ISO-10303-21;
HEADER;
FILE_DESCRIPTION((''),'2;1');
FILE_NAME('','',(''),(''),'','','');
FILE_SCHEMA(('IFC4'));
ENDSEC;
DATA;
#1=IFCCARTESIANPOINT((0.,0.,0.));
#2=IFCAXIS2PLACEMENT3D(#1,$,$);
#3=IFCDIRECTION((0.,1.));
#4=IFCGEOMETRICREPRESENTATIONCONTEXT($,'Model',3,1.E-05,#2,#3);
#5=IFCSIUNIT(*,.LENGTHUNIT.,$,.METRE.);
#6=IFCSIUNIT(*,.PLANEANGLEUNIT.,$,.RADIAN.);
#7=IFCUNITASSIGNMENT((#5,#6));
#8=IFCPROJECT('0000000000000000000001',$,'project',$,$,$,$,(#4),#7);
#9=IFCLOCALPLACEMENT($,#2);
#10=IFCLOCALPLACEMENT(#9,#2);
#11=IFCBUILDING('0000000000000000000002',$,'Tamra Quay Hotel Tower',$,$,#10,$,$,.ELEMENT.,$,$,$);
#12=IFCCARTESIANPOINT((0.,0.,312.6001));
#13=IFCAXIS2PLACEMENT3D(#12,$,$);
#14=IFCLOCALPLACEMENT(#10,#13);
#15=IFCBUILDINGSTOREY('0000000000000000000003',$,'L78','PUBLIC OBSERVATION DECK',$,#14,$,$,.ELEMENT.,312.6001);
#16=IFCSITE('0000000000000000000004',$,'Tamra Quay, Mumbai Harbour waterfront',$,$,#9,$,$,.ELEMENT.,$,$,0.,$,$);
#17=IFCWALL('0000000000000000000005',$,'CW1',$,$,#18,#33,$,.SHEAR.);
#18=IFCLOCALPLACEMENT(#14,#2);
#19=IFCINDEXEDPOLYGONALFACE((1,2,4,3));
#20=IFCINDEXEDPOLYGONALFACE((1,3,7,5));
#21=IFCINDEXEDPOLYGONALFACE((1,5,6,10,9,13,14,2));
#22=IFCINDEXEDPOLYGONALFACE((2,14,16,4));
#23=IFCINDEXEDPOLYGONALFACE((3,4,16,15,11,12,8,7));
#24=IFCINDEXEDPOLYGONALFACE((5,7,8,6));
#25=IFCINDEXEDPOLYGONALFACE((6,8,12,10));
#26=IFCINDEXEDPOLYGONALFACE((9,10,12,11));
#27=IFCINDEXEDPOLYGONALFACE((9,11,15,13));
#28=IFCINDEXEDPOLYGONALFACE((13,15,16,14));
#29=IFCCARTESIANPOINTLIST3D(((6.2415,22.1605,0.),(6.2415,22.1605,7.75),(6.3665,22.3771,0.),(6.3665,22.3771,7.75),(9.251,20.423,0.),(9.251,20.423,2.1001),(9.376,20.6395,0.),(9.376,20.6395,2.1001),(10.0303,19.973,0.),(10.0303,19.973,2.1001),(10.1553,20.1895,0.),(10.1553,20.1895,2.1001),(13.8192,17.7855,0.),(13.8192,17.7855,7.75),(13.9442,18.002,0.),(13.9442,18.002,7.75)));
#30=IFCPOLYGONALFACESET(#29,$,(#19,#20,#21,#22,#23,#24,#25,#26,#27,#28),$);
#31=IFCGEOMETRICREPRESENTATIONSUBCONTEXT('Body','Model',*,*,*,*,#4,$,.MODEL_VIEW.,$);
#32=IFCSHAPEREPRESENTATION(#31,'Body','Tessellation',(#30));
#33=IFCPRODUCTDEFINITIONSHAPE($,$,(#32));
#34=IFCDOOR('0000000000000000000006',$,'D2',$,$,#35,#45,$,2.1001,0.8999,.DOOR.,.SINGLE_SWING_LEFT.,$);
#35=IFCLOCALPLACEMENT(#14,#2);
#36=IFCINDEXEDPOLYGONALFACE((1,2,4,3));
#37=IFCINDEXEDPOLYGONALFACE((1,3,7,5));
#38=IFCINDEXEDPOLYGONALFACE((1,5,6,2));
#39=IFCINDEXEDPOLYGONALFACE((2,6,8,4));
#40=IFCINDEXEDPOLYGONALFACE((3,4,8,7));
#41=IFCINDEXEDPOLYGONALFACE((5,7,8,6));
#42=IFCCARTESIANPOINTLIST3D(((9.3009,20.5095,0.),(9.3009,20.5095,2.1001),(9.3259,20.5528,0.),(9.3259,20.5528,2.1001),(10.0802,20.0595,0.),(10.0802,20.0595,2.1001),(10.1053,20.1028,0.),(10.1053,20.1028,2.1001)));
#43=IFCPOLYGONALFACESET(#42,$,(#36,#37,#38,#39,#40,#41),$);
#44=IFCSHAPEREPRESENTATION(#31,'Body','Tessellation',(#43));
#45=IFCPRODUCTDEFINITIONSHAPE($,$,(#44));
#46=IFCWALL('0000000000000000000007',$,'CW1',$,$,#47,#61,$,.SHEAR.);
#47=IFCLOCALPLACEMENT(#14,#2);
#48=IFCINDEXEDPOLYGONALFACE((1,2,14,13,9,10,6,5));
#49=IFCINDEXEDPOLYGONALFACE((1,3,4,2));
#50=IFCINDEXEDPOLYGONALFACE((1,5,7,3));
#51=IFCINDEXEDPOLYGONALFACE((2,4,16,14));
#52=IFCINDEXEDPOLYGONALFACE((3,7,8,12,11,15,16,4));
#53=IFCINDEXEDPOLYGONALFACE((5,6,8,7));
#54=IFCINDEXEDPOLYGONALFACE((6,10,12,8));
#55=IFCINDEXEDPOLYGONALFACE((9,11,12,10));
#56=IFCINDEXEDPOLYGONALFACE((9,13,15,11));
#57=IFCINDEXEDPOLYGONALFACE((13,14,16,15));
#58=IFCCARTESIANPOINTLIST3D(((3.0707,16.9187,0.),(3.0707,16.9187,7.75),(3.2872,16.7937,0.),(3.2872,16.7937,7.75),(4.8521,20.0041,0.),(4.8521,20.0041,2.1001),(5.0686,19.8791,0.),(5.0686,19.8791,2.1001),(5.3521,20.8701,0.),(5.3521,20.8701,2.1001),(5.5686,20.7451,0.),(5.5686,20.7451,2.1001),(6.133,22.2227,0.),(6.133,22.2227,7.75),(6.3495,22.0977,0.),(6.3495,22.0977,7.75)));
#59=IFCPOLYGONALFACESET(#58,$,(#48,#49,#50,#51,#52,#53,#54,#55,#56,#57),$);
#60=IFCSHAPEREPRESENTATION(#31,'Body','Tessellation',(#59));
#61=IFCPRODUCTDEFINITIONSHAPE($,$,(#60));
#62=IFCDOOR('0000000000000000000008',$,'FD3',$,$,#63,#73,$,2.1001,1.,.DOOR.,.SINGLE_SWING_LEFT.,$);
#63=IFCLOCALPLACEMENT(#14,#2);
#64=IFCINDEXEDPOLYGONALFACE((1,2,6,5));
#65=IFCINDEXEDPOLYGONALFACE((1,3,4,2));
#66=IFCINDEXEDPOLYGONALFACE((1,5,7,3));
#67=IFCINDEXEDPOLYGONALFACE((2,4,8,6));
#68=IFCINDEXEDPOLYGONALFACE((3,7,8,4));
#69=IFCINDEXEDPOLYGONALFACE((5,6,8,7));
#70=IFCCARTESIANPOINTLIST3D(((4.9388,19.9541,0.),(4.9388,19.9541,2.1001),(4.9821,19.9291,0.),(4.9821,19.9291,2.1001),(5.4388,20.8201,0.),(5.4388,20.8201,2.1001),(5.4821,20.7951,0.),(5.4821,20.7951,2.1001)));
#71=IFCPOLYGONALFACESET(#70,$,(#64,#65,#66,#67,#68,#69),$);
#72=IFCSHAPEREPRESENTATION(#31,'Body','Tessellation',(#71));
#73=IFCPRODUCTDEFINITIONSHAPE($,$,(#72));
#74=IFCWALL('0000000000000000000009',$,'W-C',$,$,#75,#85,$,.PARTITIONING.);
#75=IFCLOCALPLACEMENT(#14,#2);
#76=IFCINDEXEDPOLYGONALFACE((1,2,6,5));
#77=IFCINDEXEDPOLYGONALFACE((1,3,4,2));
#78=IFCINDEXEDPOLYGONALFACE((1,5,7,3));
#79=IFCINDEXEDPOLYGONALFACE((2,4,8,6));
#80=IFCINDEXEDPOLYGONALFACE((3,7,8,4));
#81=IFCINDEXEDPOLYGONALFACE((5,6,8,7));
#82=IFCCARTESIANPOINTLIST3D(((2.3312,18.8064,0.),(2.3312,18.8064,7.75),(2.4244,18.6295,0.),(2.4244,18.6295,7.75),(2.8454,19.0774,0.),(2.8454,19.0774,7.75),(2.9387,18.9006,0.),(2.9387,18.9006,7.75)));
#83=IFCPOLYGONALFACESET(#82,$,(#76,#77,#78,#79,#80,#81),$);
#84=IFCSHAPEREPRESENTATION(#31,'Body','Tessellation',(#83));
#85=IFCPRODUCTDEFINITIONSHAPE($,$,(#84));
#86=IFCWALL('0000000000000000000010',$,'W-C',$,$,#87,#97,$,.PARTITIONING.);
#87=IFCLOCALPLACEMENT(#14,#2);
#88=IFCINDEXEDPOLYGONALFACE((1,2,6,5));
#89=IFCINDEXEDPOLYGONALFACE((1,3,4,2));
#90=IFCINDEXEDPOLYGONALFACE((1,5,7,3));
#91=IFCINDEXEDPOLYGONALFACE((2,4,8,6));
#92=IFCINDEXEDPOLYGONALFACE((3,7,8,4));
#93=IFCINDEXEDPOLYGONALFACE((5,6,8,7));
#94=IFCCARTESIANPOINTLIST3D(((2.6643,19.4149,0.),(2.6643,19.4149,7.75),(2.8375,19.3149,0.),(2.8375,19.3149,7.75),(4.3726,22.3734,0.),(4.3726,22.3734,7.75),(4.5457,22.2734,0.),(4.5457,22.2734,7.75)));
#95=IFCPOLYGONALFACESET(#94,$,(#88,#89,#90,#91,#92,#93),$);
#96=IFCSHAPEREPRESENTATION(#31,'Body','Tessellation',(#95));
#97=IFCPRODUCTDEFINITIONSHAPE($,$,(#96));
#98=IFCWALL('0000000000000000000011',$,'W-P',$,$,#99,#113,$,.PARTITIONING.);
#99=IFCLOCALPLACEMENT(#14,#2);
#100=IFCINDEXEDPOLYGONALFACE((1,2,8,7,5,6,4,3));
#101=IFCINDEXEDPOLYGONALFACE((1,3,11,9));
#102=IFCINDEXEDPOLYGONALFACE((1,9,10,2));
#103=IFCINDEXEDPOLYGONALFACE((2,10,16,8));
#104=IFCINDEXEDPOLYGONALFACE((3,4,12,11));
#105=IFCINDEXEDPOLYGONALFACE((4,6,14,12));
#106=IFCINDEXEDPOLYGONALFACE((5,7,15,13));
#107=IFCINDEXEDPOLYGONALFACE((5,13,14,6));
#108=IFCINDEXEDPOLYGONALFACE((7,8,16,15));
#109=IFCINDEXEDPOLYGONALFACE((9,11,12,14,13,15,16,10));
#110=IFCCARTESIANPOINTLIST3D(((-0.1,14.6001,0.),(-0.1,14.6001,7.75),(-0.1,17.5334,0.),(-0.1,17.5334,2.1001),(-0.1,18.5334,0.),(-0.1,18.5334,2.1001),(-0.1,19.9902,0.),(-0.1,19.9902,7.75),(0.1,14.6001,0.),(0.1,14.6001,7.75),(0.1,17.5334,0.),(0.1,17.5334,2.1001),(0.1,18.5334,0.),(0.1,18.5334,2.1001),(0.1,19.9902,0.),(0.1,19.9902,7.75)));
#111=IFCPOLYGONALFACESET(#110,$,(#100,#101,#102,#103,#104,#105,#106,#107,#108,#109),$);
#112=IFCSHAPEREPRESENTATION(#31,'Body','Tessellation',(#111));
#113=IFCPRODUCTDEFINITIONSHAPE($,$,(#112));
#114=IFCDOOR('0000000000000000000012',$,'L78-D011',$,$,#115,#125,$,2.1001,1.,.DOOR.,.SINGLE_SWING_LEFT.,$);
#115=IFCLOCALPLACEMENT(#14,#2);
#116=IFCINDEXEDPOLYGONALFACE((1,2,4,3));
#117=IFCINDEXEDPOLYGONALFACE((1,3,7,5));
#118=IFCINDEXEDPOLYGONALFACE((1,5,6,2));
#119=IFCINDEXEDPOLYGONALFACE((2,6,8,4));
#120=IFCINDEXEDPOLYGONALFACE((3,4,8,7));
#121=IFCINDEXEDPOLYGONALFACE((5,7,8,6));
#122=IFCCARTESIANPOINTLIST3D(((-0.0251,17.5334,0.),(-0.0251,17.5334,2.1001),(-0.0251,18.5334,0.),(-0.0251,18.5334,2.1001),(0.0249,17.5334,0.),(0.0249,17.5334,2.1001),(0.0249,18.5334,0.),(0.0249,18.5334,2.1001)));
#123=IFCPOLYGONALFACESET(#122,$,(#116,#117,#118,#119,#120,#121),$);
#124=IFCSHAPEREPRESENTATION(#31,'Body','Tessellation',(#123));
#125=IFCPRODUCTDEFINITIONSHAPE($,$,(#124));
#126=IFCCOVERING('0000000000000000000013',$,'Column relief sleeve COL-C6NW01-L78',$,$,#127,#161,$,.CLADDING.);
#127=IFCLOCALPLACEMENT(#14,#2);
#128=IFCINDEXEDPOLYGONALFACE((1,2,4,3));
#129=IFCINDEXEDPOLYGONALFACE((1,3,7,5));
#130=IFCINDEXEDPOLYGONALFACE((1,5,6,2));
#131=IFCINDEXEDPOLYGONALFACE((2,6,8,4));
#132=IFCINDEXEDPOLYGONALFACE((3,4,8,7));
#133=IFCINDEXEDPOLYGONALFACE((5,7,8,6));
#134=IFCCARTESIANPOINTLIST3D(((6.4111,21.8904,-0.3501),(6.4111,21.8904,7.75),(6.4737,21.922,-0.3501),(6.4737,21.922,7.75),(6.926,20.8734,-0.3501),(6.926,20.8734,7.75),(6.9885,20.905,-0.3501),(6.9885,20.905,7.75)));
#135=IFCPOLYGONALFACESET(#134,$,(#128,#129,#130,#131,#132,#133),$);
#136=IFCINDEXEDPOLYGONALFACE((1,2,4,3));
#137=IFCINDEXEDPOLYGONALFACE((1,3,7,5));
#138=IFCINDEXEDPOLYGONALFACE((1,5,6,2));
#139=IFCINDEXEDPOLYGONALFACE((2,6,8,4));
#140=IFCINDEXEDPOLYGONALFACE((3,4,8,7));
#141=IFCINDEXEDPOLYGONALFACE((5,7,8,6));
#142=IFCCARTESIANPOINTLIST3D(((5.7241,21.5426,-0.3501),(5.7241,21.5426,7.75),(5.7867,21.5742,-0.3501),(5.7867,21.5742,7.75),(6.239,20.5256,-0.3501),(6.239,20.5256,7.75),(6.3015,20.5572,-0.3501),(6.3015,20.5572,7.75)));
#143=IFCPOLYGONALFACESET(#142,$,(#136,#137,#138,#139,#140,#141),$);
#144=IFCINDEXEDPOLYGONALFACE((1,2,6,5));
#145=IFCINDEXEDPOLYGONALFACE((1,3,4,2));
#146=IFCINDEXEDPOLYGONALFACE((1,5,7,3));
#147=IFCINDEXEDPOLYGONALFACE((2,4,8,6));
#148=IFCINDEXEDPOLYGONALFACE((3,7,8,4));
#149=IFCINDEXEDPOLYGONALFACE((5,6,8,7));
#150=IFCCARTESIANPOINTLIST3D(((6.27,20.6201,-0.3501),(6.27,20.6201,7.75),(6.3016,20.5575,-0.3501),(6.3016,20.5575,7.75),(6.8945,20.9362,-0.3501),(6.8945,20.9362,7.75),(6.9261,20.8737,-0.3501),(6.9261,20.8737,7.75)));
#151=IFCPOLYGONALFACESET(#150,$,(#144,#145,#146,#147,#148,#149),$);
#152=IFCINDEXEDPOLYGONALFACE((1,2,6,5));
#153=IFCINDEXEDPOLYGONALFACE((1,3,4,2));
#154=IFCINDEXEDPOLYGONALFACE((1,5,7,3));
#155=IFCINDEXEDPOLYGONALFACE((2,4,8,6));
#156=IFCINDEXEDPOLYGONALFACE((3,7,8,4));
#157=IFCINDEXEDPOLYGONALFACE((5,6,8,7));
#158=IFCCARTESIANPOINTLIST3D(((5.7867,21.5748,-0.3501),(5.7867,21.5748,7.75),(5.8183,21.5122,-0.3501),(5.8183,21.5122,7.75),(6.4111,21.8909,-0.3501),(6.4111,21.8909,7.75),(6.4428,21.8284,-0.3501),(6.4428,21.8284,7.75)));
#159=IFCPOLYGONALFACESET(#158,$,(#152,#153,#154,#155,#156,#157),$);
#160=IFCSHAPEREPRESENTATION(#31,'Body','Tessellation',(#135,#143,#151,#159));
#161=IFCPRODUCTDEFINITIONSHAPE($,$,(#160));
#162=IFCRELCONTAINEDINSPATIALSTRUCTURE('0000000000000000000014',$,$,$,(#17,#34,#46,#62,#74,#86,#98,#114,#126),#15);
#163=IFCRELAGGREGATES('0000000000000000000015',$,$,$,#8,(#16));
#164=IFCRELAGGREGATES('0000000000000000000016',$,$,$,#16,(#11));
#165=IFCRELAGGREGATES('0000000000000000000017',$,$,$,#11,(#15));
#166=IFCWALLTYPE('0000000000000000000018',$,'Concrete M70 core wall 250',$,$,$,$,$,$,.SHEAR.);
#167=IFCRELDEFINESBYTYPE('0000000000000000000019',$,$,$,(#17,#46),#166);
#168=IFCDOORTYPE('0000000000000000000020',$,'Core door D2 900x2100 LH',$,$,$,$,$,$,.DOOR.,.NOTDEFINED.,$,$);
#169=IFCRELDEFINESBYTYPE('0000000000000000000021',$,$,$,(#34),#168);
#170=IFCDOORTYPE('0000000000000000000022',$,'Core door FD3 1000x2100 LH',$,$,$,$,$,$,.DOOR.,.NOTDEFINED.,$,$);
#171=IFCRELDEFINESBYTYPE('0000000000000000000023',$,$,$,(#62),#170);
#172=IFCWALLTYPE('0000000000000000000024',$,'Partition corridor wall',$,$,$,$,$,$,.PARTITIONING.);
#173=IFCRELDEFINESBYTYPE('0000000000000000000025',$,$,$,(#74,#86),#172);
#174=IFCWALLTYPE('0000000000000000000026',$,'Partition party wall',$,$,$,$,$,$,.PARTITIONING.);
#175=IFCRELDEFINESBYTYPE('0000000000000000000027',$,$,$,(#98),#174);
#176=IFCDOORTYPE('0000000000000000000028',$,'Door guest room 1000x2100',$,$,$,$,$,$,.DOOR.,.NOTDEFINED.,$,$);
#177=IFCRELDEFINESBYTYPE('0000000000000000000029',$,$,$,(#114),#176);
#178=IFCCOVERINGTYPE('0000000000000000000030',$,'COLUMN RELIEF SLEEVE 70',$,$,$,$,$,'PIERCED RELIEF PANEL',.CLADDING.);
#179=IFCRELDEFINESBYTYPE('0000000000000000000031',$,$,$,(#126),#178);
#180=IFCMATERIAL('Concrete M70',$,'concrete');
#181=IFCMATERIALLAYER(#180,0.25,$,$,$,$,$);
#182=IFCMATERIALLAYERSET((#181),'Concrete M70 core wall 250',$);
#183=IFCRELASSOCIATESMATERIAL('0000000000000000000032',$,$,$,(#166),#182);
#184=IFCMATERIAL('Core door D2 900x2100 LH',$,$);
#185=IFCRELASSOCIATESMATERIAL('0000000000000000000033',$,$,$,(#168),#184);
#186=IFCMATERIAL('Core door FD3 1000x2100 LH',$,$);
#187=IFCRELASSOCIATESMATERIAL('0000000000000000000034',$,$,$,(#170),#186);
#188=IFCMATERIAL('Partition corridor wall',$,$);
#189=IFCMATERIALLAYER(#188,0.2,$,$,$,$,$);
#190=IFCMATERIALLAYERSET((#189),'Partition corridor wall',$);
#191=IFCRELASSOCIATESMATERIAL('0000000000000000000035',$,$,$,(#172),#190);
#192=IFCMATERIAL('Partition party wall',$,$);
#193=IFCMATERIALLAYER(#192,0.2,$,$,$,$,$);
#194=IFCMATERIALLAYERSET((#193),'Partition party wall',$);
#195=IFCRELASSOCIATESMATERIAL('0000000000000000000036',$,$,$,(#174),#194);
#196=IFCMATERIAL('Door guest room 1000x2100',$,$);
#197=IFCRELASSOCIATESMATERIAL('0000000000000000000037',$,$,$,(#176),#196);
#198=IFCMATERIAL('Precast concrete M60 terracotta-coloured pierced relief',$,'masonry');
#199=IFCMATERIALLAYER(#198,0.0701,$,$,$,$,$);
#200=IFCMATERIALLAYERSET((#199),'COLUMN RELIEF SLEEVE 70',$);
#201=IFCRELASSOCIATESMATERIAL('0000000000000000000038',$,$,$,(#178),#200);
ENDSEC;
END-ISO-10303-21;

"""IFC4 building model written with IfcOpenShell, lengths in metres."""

from ifc_helpers import new_model, si_unit, direction, frame, frame_2d, origin, place, context, subcontext, project, spatial, rectangle, extrude, source, transform, mapped, material, layer, layer_set, type_object, element, fill, save


model = new_model("IFC4")

# Units and contexts
model_context = context("Model", 3, precision=1e-05, world=origin(), true_north=direction((0.0, 1.0)))
body_context = subcontext(model_context, "Body", "Model", "MODEL_VIEW")
ifc_project = project(units=[si_unit("LENGTHUNIT", "METRE"), si_unit("PLANEANGLEUNIT", "RADIAN")], contexts=[model_context])

# Site, building, storey
site_placement = place(None, origin())
site = spatial("IfcSite", under=ifc_project, at=site_placement, Name="Tamra Quay, Mumbai Harbour waterfront", CompositionType="ELEMENT", RefElevation=0.0)
building_placement = place(site_placement, origin())
building = spatial("IfcBuilding", under=site, at=building_placement, Name="Tamra Quay Hotel Tower", CompositionType="ELEMENT")
storey_placement = place(building_placement, frame((0.0, 0.0, 312.6001)))
storey = spatial("IfcBuildingStorey", under=building, at=storey_placement, Name="L78", Description="PUBLIC OBSERVATION DECK", CompositionType="ELEMENT", Elevation=312.6001)

# Shared definitions
ifc_material_1 = material(Name="Concrete M70", Category="concrete")

# Walls, openings, doors
ifc_layer_1 = layer(ifc_material_1, 0.25)
ifc_layer_set_1 = layer_set([ifc_layer_1], Name="Concrete M70 core wall 250")
wall_type_1 = type_object("IfcWallType", Name="Concrete M70 core wall 250", PredefinedType="SHEAR", material=ifc_layer_set_1)
wall_1_placement = place(storey_placement, frame((6.304, 22.2688, 0.0), z_axis=(0.0, 0.0, 1.0), x_axis=(0.866023, -0.500004, 0.0)))
wall_1 = element("IfcWall", 1, at=wall_1_placement, inside=storey, type_object=wall_type_1, Name="CW1", PredefinedType="SHEAR", context=body_context, shape_type="SweptSolid", body=[
    extrude(rectangle(XDim=8.75, YDim=0.25, at=frame_2d((4.375, 0.0))), origin(), (0.0, 0.0, 1.0), 7.75),
])
opening_1_placement = place(wall_1_placement, frame((3.4751, 0.0, 0.0)))
opening_1 = element("IfcOpeningElement", 2, at=opening_1_placement, cuts=wall_1, PredefinedType="OPENING", context=body_context, shape_type="SweptSolid", body=[
    extrude(rectangle(XDim=0.8999, YDim=2.1001, at=frame_2d((0.45, 1.05))), frame((0.0, 0.135, 0.0), z_axis=(0.0, -1.0, 0.0), x_axis=(1.0, 0.0, 0.0)), (0.0, 0.0, 1.0), 0.27),
])
ifc_material_2 = material(Name="Core door D2 900x2100 LH")
door_type_1 = type_object("IfcDoorType", Name="Core door D2 900x2100 LH", OperationType="NOTDEFINED", PredefinedType="DOOR", material=ifc_material_2)
door_1_placement = place(opening_1_placement, origin())
door_1 = element("IfcDoor", 3, at=door_1_placement, inside=storey, type_object=door_type_1, Name="D2", OperationType="SINGLE_SWING_LEFT", OverallHeight=2.1001, OverallWidth=0.8999, PredefinedType="DOOR", context=body_context, shape_type="SweptSolid", body=[
    extrude(rectangle(XDim=0.8999, YDim=2.1001, at=frame_2d((0.45, 1.05))), frame((0.0, 0.0249, 0.0), z_axis=(0.0, -1.0, 0.0), x_axis=(1.0, 0.0, 0.0)), (0.0, 0.0, 1.0), 0.05),
])
fill(opening_1, door_1)
wall_2_placement = place(storey_placement, frame((3.179, 16.8562, 0.0), z_axis=(0.0, 0.0, 1.0), x_axis=(0.500002, 0.866024, 0.0)))
wall_2 = element("IfcWall", 4, at=wall_2_placement, inside=storey, type_object=wall_type_1, Name="CW1", PredefinedType="SHEAR", context=body_context, shape_type="SweptSolid", body=[
    extrude(rectangle(XDim=6.1245, YDim=0.25, at=frame_2d((3.0623, 0.0))), origin(), (0.0, 0.0, 1.0), 7.75),
])
opening_2_placement = place(wall_2_placement, frame((3.5627, 0.0, 0.0)))
opening_2 = element("IfcOpeningElement", 5, at=opening_2_placement, cuts=wall_2, PredefinedType="OPENING", context=body_context, shape_type="SweptSolid", body=[
    extrude(rectangle(XDim=1.0, YDim=2.1001, at=frame_2d((0.5, 1.05))), frame((0.0, 0.135, 0.0), z_axis=(0.0, -1.0, 0.0), x_axis=(1.0, 0.0, 0.0)), (0.0, 0.0, 1.0), 0.27),
])
ifc_material_3 = material(Name="Core door FD3 1000x2100 LH")
door_type_2 = type_object("IfcDoorType", Name="Core door FD3 1000x2100 LH", OperationType="NOTDEFINED", PredefinedType="DOOR", material=ifc_material_3)
door_2_placement = place(opening_2_placement, origin())
door_2 = element("IfcDoor", 6, at=door_2_placement, inside=storey, type_object=door_type_2, Name="FD3", OperationType="SINGLE_SWING_LEFT", OverallHeight=2.1001, OverallWidth=1.0, PredefinedType="DOOR", context=body_context, shape_type="SweptSolid", body=[
    extrude(rectangle(XDim=1.0, YDim=2.1001, at=frame_2d((0.5, 1.05))), frame((0.0, 0.0249, 0.0), z_axis=(0.0, -1.0, 0.0), x_axis=(1.0, 0.0, 0.0)), (0.0, 0.0, 1.0), 0.05),
])
fill(opening_2, door_2)

# Walls
ifc_material_4 = material(Name="Partition corridor wall")
ifc_layer_2 = layer(ifc_material_4, 0.2)
ifc_layer_set_2 = layer_set([ifc_layer_2], Name="Partition corridor wall")
wall_type_2 = type_object("IfcWallType", Name="Partition corridor wall", PredefinedType="PARTITIONING", material=ifc_layer_set_2)
wall_3_placement = place(storey_placement, frame((2.3779, 18.718, 0.0), z_axis=(0.0, 0.0, 1.0), x_axis=(0.884645, 0.466266, 0.0)))
element("IfcWall", 7, at=wall_3_placement, inside=storey, type_object=wall_type_2, Name="W-C", PredefinedType="PARTITIONING", context=body_context, shape_type="SweptSolid", body=[
    extrude(rectangle(XDim=0.5813, YDim=0.2, at=frame_2d((0.2905, 0.0))), origin(), (0.0, 0.0, 1.0), 7.75),
])
wall_4_placement = place(storey_placement, frame((2.751, 19.365, 0.0), z_axis=(0.0, 0.0, 1.0), x_axis=(0.500036, 0.866005, 0.0)))
element("IfcWall", 8, at=wall_4_placement, inside=storey, type_object=wall_type_2, Name="W-C", PredefinedType="PARTITIONING", context=body_context, shape_type="SweptSolid", body=[
    extrude(rectangle(XDim=3.4163, YDim=0.2, at=frame_2d((1.708, 0.0))), origin(), (0.0, 0.0, 1.0), 7.75),
])

# Wall, opening, door
ifc_material_5 = material(Name="Partition party wall")
ifc_layer_3 = layer(ifc_material_5, 0.2)
ifc_layer_set_3 = layer_set([ifc_layer_3], Name="Partition party wall")
wall_type_3 = type_object("IfcWallType", Name="Partition party wall", PredefinedType="PARTITIONING", material=ifc_layer_set_3)
wall_5_placement = place(storey_placement, frame((0.0, 14.6001, 0.0), z_axis=(0.0, 0.0, 1.0), x_axis=(0.0, 1.0, 0.0)))
wall_5 = element("IfcWall", 9, at=wall_5_placement, inside=storey, type_object=wall_type_3, Name="W-P", PredefinedType="PARTITIONING", context=body_context, shape_type="SweptSolid", body=[
    extrude(rectangle(XDim=5.3901, YDim=0.2, at=frame_2d((2.6951, 0.0))), origin(), (0.0, 0.0, 1.0), 7.75),
])
opening_3_placement = place(wall_5_placement, frame((2.9333, 0.0, 0.0)))
opening_3 = element("IfcOpeningElement", 10, at=opening_3_placement, cuts=wall_5, PredefinedType="OPENING", context=body_context, shape_type="SweptSolid", body=[
    extrude(rectangle(XDim=1.0, YDim=2.1001, at=frame_2d((0.5, 1.05))), frame((0.0, 0.1099, 0.0), z_axis=(0.0, -1.0, 0.0), x_axis=(1.0, 0.0, 0.0)), (0.0, 0.0, 1.0), 0.22),
])
ifc_material_6 = material(Name="Door guest room 1000x2100")
door_type_3 = type_object("IfcDoorType", Name="Door guest room 1000x2100", OperationType="NOTDEFINED", PredefinedType="DOOR", material=ifc_material_6)
door_3_placement = place(opening_3_placement, frame((1.0, 0.0, 0.0), z_axis=(0.0, 0.0, 1.0), x_axis=(-1.0, 0.0, 0.0)))
door_3 = element("IfcDoor", 11, at=door_3_placement, inside=storey, type_object=door_type_3, Name="L78-D011", OperationType="SINGLE_SWING_LEFT", OverallHeight=2.1001, OverallWidth=1.0, PredefinedType="DOOR", context=body_context, shape_type="SweptSolid", body=[
    extrude(rectangle(XDim=1.0, YDim=2.1001, at=frame_2d((0.5, 1.05))), frame((0.0, 0.0249, 0.0), z_axis=(0.0, -1.0, 0.0), x_axis=(1.0, 0.0, 0.0)), (0.0, 0.0, 1.0), 0.05),
])
fill(opening_3, door_3)

# Covering
ifc_material_7 = material(Name="Precast concrete M60 terracotta-coloured pierced relief", Category="masonry")
ifc_layer_4 = layer(ifc_material_7, 0.0701)
ifc_layer_set_4 = layer_set([ifc_layer_4], Name="COLUMN RELIEF SLEEVE 70")
covering_type_1 = type_object("IfcCoveringType", Name="COLUMN RELIEF SLEEVE 70", ElementType="PIERCED RELIEF PANEL", PredefinedType="CLADDING", material=ifc_layer_set_4)
shared_shape_1 = source(origin(), body_context, "Body", "SweptSolid", [
    extrude(rectangle(XDim=1.1399, YDim=0.0701, at=frame_2d((0.5698, 0.0352))), frame((-0.5701, -0.4199, 0.0)), (0.0, 0.0, 1.0), 8.1001),
    extrude(rectangle(XDim=1.1399, YDim=0.0701, at=frame_2d((0.5698, 0.0352))), frame((-0.5701, 0.3501, 0.0)), (0.0, 0.0, 1.0), 8.1001),
    extrude(rectangle(XDim=0.0701, YDim=0.7, at=frame_2d((0.0352, 0.3501))), frame((-0.5701, -0.3501, 0.0)), (0.0, 0.0, 1.0), 8.1001),
    extrude(rectangle(XDim=0.0701, YDim=0.7, at=frame_2d((0.0352, 0.3501))), frame((0.5, -0.3501, 0.0)), (0.0, 0.0, 1.0), 8.1001),
])
covering_1_placement = place(storey_placement, frame((6.3564, 21.2241, -0.3501), z_axis=(0.0, 0.0, 1.0), x_axis=(-0.451686, 0.892177, 0.0)))
element("IfcCovering", 12, at=covering_1_placement, inside=storey, type_object=covering_type_1, Name="Column relief sleeve COL-C6NW01-L78", PredefinedType="CLADDING", context=body_context, shape_type="MappedRepresentation", body=[
    mapped(shared_shape_1, transform((0.0, 0.0, 0.0), scale=1.0)),
])

save(model, "model.ifc")
